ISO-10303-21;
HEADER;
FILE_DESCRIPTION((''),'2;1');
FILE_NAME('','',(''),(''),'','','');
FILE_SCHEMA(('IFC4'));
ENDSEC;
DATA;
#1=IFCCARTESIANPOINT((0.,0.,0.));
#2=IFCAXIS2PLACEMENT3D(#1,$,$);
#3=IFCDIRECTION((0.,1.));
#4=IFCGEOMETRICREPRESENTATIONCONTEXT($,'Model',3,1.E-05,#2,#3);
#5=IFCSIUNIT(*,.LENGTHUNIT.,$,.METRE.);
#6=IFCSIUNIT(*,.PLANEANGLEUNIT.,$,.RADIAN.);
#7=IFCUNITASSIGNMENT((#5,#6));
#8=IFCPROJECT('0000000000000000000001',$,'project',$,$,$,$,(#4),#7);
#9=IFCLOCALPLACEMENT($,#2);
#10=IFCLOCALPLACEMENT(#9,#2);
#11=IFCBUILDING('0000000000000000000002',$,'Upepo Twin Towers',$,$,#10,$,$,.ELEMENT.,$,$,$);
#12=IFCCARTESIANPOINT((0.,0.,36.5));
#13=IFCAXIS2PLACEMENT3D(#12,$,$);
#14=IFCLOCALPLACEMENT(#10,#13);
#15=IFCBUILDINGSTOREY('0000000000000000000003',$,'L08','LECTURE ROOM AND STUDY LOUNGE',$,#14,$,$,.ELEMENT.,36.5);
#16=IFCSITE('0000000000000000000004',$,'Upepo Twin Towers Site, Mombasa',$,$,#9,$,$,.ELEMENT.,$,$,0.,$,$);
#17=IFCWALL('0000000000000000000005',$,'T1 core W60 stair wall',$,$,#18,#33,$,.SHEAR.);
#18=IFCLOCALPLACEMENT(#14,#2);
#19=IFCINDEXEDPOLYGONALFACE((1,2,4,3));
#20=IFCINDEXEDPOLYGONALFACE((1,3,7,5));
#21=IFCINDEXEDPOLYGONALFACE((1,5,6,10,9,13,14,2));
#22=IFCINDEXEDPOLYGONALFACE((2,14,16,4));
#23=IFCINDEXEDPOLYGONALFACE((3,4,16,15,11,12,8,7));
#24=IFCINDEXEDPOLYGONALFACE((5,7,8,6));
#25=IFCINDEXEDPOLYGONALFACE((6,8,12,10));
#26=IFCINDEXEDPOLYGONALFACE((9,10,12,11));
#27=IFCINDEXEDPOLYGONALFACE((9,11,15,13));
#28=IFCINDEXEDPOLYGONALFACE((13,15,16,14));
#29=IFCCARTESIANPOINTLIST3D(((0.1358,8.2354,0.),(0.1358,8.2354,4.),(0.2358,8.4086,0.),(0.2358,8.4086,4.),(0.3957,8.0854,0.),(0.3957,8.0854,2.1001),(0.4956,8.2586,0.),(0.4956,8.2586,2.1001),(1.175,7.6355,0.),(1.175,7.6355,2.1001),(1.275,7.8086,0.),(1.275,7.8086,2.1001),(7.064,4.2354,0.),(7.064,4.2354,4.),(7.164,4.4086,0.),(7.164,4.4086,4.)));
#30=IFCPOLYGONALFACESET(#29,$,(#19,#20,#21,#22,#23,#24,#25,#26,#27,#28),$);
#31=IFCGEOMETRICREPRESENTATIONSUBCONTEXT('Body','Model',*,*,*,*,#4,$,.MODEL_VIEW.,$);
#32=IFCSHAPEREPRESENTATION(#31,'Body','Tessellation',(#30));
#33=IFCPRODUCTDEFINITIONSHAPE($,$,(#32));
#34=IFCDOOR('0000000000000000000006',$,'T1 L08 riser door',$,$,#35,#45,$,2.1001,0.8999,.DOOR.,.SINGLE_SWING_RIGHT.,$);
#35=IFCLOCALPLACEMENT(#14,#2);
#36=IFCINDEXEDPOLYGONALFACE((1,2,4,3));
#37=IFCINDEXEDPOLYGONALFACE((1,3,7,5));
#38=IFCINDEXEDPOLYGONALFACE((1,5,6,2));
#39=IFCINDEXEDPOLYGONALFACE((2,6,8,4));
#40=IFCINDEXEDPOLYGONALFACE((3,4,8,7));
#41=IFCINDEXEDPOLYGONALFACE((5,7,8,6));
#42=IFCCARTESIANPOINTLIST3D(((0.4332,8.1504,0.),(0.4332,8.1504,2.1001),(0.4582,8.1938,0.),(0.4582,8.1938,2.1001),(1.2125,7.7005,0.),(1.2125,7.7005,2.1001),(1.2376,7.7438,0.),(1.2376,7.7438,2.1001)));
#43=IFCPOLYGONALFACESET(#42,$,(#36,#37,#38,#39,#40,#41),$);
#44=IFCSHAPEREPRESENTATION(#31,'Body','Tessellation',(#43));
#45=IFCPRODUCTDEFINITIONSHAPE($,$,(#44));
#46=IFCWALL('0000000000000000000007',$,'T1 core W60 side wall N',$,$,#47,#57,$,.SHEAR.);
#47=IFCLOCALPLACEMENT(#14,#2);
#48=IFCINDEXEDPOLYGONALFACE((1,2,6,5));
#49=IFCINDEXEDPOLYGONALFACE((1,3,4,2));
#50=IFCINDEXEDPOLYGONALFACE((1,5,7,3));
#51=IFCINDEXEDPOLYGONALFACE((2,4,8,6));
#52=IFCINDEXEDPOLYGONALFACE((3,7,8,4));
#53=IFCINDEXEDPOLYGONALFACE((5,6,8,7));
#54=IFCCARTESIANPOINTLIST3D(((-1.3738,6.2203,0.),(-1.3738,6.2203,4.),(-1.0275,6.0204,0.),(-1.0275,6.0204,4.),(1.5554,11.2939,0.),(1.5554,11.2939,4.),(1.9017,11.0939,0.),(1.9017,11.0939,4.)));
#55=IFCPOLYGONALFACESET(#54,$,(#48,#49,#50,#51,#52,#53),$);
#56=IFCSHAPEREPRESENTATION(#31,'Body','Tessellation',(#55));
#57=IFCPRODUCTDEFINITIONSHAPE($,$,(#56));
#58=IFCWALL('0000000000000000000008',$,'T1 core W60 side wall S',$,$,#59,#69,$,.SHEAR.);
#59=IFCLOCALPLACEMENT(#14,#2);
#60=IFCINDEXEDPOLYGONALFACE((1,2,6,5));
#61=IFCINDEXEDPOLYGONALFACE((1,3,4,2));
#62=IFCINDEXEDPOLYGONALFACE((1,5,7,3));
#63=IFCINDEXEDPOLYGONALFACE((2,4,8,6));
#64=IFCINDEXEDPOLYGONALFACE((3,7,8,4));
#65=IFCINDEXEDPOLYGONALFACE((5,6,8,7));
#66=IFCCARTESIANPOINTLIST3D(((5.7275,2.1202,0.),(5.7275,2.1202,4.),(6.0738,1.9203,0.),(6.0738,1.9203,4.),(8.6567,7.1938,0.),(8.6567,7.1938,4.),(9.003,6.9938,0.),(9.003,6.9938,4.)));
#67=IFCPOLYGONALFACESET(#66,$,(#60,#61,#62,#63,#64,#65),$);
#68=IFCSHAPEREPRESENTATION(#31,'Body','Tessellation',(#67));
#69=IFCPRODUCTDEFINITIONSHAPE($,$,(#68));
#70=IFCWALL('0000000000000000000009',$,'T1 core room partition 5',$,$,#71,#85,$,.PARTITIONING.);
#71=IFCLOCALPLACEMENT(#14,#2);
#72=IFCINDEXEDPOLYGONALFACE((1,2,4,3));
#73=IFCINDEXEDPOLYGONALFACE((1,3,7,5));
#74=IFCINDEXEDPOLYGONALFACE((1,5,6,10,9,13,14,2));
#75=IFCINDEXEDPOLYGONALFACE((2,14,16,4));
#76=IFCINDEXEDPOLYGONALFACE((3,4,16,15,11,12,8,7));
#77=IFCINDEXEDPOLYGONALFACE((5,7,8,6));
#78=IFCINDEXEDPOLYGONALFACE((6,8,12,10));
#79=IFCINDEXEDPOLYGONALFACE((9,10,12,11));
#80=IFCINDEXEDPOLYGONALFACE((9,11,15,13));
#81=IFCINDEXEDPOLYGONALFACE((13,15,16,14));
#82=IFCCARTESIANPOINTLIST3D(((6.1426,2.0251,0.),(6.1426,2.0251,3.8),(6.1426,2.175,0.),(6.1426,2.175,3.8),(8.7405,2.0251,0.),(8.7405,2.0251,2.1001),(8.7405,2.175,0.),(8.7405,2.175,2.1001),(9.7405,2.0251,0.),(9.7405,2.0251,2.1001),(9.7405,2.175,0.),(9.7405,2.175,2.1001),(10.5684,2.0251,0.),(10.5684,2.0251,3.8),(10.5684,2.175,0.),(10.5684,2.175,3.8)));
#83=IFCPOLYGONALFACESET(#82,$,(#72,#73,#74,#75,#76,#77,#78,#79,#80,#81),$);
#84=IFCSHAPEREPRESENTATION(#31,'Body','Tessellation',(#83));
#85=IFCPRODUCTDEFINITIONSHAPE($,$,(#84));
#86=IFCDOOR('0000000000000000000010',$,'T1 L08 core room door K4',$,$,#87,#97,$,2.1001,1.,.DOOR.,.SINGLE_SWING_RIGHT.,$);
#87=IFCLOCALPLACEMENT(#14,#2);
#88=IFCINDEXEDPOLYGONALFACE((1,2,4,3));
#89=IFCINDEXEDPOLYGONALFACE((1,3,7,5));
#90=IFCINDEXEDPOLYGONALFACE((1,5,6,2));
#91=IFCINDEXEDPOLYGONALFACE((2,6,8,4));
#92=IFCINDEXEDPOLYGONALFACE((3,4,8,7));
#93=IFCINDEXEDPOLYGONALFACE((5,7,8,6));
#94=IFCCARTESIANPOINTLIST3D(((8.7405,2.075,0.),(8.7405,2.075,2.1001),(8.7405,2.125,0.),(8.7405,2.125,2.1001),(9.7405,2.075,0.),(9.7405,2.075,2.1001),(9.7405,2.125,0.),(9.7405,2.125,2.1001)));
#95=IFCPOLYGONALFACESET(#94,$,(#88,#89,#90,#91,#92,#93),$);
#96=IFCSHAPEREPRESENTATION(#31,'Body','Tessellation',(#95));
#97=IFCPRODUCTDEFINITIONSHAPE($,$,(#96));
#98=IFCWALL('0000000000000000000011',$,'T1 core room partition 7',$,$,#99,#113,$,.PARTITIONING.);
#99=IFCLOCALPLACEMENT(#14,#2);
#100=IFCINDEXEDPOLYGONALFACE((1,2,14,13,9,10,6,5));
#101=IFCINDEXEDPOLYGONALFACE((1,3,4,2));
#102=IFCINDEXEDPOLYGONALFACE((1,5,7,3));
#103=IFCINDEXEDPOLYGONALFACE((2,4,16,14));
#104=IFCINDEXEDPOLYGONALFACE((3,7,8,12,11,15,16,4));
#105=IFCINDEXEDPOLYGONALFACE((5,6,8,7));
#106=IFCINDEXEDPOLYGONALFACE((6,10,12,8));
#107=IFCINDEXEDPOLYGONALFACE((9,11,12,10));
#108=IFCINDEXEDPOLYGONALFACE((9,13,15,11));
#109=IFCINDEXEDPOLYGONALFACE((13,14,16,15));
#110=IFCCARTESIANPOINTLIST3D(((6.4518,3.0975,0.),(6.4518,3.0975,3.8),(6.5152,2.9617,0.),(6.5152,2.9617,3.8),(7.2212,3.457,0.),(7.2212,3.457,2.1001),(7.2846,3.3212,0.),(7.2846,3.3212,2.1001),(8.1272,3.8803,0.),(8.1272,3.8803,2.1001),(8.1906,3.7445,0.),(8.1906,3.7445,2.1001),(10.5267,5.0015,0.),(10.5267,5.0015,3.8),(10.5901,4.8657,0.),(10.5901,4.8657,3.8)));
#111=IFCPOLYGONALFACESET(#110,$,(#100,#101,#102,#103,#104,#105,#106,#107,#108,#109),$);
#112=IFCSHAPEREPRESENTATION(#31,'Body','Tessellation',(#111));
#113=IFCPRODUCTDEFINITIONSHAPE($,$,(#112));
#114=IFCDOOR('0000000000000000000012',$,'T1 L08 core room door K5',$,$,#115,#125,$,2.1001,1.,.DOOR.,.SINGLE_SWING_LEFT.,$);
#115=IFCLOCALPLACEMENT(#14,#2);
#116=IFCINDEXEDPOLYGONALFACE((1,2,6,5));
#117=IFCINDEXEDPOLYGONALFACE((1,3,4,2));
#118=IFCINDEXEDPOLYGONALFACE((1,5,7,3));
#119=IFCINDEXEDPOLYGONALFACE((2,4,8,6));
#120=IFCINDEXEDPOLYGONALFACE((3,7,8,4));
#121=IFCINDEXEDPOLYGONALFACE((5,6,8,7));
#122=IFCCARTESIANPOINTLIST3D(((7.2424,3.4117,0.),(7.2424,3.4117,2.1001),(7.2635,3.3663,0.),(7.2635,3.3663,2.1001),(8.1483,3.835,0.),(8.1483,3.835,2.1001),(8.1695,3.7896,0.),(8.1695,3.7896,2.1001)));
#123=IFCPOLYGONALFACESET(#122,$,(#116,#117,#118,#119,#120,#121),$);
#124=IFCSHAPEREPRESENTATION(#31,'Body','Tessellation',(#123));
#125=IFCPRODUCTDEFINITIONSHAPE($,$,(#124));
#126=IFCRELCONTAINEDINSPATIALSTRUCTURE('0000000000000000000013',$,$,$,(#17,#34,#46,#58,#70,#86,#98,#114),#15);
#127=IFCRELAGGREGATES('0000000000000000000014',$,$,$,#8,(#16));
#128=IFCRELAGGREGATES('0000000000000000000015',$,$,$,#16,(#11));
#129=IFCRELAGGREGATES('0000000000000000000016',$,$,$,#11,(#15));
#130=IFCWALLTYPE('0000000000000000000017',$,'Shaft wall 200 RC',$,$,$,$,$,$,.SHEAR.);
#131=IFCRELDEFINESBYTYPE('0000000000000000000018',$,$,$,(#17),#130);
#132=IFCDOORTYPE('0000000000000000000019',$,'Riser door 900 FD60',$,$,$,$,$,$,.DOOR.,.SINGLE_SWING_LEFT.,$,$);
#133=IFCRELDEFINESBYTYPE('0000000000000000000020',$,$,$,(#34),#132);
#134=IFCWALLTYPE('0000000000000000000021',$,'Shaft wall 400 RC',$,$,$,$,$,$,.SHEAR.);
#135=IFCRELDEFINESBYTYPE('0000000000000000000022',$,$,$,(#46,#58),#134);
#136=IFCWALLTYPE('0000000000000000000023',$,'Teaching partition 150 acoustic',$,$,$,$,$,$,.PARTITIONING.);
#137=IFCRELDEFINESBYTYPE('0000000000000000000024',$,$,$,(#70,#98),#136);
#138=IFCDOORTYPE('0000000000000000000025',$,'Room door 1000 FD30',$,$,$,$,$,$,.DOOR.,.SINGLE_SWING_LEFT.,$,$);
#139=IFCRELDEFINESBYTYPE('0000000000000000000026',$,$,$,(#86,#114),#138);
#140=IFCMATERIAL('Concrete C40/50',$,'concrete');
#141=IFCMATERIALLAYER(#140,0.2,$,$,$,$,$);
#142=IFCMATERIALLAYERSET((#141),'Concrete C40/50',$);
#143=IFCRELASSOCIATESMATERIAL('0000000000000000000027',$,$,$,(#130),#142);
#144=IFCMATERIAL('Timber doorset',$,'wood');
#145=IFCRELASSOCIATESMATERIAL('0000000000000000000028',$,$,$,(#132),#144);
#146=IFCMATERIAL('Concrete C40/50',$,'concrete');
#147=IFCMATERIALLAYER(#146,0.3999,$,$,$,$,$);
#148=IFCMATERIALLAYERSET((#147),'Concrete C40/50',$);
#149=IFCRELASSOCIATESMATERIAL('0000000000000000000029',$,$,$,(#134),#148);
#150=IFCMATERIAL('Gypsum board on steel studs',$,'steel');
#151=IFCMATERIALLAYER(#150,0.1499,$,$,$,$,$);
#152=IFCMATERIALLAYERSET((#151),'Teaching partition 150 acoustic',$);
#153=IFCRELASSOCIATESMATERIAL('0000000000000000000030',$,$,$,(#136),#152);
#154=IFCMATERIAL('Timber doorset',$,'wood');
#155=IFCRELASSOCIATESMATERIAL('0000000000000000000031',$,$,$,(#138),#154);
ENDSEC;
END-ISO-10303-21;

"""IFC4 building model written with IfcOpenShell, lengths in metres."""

from ifc_helpers import new_model, si_unit, direction, frame, frame_2d, origin, place, context, subcontext, project, spatial, rectangle, extrude, material, layer, layer_set, type_object, element, fill, save


model = new_model("IFC4")

# Units and contexts
model_context = context("Model", 3, precision=1e-05, world=origin(), true_north=direction((0.0, 1.0)))
body_context = subcontext(model_context, "Body", "Model", "MODEL_VIEW")
ifc_project = project(units=[si_unit("LENGTHUNIT", "METRE"), si_unit("PLANEANGLEUNIT", "RADIAN")], contexts=[model_context])

# Site, building, storey
site_placement = place(None, origin())
site = spatial("IfcSite", under=ifc_project, at=site_placement, Name="Upepo Twin Towers Site, Mombasa", CompositionType="ELEMENT", RefElevation=0.0)
building_placement = place(site_placement, origin())
building = spatial("IfcBuilding", under=site, at=building_placement, Name="Upepo Twin Towers", CompositionType="ELEMENT")
storey_placement = place(building_placement, frame((0.0, 0.0, 36.5)))
storey = spatial("IfcBuildingStorey", under=building, at=storey_placement, Name="L08", Description="LECTURE ROOM AND STUDY LOUNGE", CompositionType="ELEMENT", Elevation=36.5)

# Shared definitions
ifc_material_1 = material(Name="Concrete C40/50", Category="concrete")
ifc_layer_1 = layer(ifc_material_1, 0.2)
ifc_layer_set_1 = layer_set([ifc_layer_1], Name="Concrete C40/50")
wall_type_1 = type_object("IfcWallType", Name="Shaft wall 200 RC", PredefinedType="SHEAR", material=ifc_layer_set_1)

# Wall, opening, door
wall_1_placement = place(storey_placement, frame((7.114, 4.322, 0.0), z_axis=(0.0, 0.0, 1.0), x_axis=(-0.866026, 0.499999, 0.0)))
wall_1 = element("IfcWall", 1, at=wall_1_placement, inside=storey, type_object=wall_type_1, Name="T1 core W60 stair wall", PredefinedType="SHEAR", context=body_context, shape_type="SweptSolid", body=[
    extrude(rectangle(XDim=8.0, YDim=0.2, at=frame_2d((4.0, 0.0))), origin(), (0.0, 0.0, 1.0), 4.0),
])
opening_1_placement = place(wall_1_placement, frame((6.8, 0.0, 0.0)))
opening_1 = element("IfcOpeningElement", 2, at=opening_1_placement, cuts=wall_1, PredefinedType="OPENING", context=body_context, shape_type="SweptSolid", body=[
    extrude(rectangle(XDim=0.8999, YDim=2.1001, at=frame_2d((0.45, 1.05))), frame((0.0, 0.1099, 0.0), z_axis=(0.0, -1.0, 0.0), x_axis=(1.0, 0.0, 0.0)), (0.0, 0.0, 1.0), 0.22),
])
ifc_material_2 = material(Name="Timber doorset", Category="wood")
door_type_1 = type_object("IfcDoorType", Name="Riser door 900 FD60", OperationType="SINGLE_SWING_LEFT", PredefinedType="DOOR", material=ifc_material_2)
door_1_placement = place(opening_1_placement, origin())
door_1 = element("IfcDoor", 3, at=door_1_placement, inside=storey, type_object=door_type_1, Name="T1 L08 riser door", OperationType="SINGLE_SWING_RIGHT", OverallHeight=2.1001, OverallWidth=0.8999, PredefinedType="DOOR", context=body_context, shape_type="SweptSolid", body=[
    extrude(rectangle(XDim=0.8999, YDim=2.1001, at=frame_2d((0.45, 1.05))), frame((0.0, 0.0249, 0.0), z_axis=(0.0, -1.0, 0.0), x_axis=(1.0, 0.0, 0.0)), (0.0, 0.0, 1.0), 0.05),
])
fill(opening_1, door_1)

# Walls
ifc_material_3 = material(Name="Concrete C40/50", Category="concrete")
ifc_layer_2 = layer(ifc_material_3, 0.3999)
ifc_layer_set_2 = layer_set([ifc_layer_2], Name="Concrete C40/50")
wall_type_2 = type_object("IfcWallType", Name="Shaft wall 400 RC", PredefinedType="SHEAR", material=ifc_layer_set_2)
for number, where, z_axis, x_axis, name in (
    (4, (-1.2007, 6.1204, 0.0), (0.0, 0.0, 1.0), (0.500003, 0.866024, 0.0), "T1 core W60 side wall N"),
    (5, (5.9006, 2.0203, 0.0), (0.0, 0.0, 1.0), (0.500003, 0.866024, 0.0), "T1 core W60 side wall S"),
):
    element("IfcWall", number, at=place(storey_placement, frame(where, z_axis=z_axis, x_axis=x_axis)), inside=storey, type_object=wall_type_2, Name=name, PredefinedType="SHEAR", context=body_context, shape_type="SweptSolid", body=[
        extrude(rectangle(XDim=5.8584, YDim=0.3999, at=frame_2d((2.9292, 0.0))), origin(), (0.0, 0.0, 1.0), 4.0),
    ])

# Walls, openings, doors
ifc_material_4 = material(Name="Gypsum board on steel studs", Category="steel")
ifc_layer_3 = layer(ifc_material_4, 0.1499)
ifc_layer_set_3 = layer_set([ifc_layer_3], Name="Teaching partition 150 acoustic")
wall_type_3 = type_object("IfcWallType", Name="Teaching partition 150 acoustic", PredefinedType="PARTITIONING", material=ifc_layer_set_3)
wall_2_placement = place(storey_placement, frame((6.1426, 2.1001, 0.0), z_axis=(0.0, 0.0, 1.0), x_axis=(1.0, 0.0, 0.0)))
wall_2 = element("IfcWall", 6, at=wall_2_placement, inside=storey, type_object=wall_type_3, Name="T1 core room partition 5", PredefinedType="PARTITIONING", context=body_context, shape_type="SweptSolid", body=[
    extrude(rectangle(XDim=4.4258, YDim=0.1499, at=frame_2d((2.2129, 0.0))), origin(), (0.0, 0.0, 1.0), 3.8),
])
opening_2_placement = place(wall_2_placement, frame((2.5979, 0.0, 0.0)))
opening_2 = element("IfcOpeningElement", 7, at=opening_2_placement, cuts=wall_2, PredefinedType="OPENING", context=body_context, shape_type="SweptSolid", body=[
    extrude(rectangle(XDim=1.0, YDim=2.1001, at=frame_2d((0.5, 1.05))), frame((0.0, 0.085, 0.0), z_axis=(0.0, -1.0, 0.0), x_axis=(1.0, 0.0, 0.0)), (0.0, 0.0, 1.0), 0.1699),
])
ifc_material_5 = material(Name="Timber doorset", Category="wood")
door_type_2 = type_object("IfcDoorType", Name="Room door 1000 FD30", OperationType="SINGLE_SWING_LEFT", PredefinedType="DOOR", material=ifc_material_5)
door_2_placement = place(opening_2_placement, origin())
door_2 = element("IfcDoor", 8, at=door_2_placement, inside=storey, type_object=door_type_2, Name="T1 L08 core room door K4", OperationType="SINGLE_SWING_RIGHT", OverallHeight=2.1001, OverallWidth=1.0, PredefinedType="DOOR", context=body_context, shape_type="SweptSolid", body=[
    extrude(rectangle(XDim=1.0, YDim=2.1001, at=frame_2d((0.5, 1.05))), frame((0.0, 0.0249, 0.0), z_axis=(0.0, -1.0, 0.0), x_axis=(1.0, 0.0, 0.0)), (0.0, 0.0, 1.0), 0.05),
])
fill(opening_2, door_2)
wall_3_placement = place(storey_placement, frame((6.4834, 3.0295, 0.0), z_axis=(0.0, 0.0, 1.0), x_axis=(0.905978, 0.423325, 0.0)))
wall_3 = element("IfcWall", 9, at=wall_3_placement, inside=storey, type_object=wall_type_3, Name="T1 core room partition 7", PredefinedType="PARTITIONING", context=body_context, shape_type="SweptSolid", body=[
    extrude(rectangle(XDim=4.4978, YDim=0.1499, at=frame_2d((2.249, 0.0))), origin(), (0.0, 0.0, 1.0), 3.8),
])
opening_3_placement = place(wall_3_placement, frame((0.8494, 0.0, 0.0)))
opening_3 = element("IfcOpeningElement", 10, at=opening_3_placement, cuts=wall_3, PredefinedType="OPENING", context=body_context, shape_type="SweptSolid", body=[
    extrude(rectangle(XDim=1.0, YDim=2.1001, at=frame_2d((0.5, 1.05))), frame((0.0, 0.085, 0.0), z_axis=(0.0, -1.0, 0.0), x_axis=(1.0, 0.0, 0.0)), (0.0, 0.0, 1.0), 0.1699),
])
door_3_placement = place(opening_3_placement, origin())
door_3 = element("IfcDoor", 11, at=door_3_placement, inside=storey, type_object=door_type_2, Name="T1 L08 core room door K5", OperationType="SINGLE_SWING_LEFT", OverallHeight=2.1001, OverallWidth=1.0, PredefinedType="DOOR", context=body_context, shape_type="SweptSolid", body=[
    extrude(rectangle(XDim=1.0, YDim=2.1001, at=frame_2d((0.5, 1.05))), frame((0.0, 0.0249, 0.0), z_axis=(0.0, -1.0, 0.0), x_axis=(1.0, 0.0, 0.0)), (0.0, 0.0, 1.0), 0.05),
])
fill(opening_3, door_3)

save(model, "model.ifc")
